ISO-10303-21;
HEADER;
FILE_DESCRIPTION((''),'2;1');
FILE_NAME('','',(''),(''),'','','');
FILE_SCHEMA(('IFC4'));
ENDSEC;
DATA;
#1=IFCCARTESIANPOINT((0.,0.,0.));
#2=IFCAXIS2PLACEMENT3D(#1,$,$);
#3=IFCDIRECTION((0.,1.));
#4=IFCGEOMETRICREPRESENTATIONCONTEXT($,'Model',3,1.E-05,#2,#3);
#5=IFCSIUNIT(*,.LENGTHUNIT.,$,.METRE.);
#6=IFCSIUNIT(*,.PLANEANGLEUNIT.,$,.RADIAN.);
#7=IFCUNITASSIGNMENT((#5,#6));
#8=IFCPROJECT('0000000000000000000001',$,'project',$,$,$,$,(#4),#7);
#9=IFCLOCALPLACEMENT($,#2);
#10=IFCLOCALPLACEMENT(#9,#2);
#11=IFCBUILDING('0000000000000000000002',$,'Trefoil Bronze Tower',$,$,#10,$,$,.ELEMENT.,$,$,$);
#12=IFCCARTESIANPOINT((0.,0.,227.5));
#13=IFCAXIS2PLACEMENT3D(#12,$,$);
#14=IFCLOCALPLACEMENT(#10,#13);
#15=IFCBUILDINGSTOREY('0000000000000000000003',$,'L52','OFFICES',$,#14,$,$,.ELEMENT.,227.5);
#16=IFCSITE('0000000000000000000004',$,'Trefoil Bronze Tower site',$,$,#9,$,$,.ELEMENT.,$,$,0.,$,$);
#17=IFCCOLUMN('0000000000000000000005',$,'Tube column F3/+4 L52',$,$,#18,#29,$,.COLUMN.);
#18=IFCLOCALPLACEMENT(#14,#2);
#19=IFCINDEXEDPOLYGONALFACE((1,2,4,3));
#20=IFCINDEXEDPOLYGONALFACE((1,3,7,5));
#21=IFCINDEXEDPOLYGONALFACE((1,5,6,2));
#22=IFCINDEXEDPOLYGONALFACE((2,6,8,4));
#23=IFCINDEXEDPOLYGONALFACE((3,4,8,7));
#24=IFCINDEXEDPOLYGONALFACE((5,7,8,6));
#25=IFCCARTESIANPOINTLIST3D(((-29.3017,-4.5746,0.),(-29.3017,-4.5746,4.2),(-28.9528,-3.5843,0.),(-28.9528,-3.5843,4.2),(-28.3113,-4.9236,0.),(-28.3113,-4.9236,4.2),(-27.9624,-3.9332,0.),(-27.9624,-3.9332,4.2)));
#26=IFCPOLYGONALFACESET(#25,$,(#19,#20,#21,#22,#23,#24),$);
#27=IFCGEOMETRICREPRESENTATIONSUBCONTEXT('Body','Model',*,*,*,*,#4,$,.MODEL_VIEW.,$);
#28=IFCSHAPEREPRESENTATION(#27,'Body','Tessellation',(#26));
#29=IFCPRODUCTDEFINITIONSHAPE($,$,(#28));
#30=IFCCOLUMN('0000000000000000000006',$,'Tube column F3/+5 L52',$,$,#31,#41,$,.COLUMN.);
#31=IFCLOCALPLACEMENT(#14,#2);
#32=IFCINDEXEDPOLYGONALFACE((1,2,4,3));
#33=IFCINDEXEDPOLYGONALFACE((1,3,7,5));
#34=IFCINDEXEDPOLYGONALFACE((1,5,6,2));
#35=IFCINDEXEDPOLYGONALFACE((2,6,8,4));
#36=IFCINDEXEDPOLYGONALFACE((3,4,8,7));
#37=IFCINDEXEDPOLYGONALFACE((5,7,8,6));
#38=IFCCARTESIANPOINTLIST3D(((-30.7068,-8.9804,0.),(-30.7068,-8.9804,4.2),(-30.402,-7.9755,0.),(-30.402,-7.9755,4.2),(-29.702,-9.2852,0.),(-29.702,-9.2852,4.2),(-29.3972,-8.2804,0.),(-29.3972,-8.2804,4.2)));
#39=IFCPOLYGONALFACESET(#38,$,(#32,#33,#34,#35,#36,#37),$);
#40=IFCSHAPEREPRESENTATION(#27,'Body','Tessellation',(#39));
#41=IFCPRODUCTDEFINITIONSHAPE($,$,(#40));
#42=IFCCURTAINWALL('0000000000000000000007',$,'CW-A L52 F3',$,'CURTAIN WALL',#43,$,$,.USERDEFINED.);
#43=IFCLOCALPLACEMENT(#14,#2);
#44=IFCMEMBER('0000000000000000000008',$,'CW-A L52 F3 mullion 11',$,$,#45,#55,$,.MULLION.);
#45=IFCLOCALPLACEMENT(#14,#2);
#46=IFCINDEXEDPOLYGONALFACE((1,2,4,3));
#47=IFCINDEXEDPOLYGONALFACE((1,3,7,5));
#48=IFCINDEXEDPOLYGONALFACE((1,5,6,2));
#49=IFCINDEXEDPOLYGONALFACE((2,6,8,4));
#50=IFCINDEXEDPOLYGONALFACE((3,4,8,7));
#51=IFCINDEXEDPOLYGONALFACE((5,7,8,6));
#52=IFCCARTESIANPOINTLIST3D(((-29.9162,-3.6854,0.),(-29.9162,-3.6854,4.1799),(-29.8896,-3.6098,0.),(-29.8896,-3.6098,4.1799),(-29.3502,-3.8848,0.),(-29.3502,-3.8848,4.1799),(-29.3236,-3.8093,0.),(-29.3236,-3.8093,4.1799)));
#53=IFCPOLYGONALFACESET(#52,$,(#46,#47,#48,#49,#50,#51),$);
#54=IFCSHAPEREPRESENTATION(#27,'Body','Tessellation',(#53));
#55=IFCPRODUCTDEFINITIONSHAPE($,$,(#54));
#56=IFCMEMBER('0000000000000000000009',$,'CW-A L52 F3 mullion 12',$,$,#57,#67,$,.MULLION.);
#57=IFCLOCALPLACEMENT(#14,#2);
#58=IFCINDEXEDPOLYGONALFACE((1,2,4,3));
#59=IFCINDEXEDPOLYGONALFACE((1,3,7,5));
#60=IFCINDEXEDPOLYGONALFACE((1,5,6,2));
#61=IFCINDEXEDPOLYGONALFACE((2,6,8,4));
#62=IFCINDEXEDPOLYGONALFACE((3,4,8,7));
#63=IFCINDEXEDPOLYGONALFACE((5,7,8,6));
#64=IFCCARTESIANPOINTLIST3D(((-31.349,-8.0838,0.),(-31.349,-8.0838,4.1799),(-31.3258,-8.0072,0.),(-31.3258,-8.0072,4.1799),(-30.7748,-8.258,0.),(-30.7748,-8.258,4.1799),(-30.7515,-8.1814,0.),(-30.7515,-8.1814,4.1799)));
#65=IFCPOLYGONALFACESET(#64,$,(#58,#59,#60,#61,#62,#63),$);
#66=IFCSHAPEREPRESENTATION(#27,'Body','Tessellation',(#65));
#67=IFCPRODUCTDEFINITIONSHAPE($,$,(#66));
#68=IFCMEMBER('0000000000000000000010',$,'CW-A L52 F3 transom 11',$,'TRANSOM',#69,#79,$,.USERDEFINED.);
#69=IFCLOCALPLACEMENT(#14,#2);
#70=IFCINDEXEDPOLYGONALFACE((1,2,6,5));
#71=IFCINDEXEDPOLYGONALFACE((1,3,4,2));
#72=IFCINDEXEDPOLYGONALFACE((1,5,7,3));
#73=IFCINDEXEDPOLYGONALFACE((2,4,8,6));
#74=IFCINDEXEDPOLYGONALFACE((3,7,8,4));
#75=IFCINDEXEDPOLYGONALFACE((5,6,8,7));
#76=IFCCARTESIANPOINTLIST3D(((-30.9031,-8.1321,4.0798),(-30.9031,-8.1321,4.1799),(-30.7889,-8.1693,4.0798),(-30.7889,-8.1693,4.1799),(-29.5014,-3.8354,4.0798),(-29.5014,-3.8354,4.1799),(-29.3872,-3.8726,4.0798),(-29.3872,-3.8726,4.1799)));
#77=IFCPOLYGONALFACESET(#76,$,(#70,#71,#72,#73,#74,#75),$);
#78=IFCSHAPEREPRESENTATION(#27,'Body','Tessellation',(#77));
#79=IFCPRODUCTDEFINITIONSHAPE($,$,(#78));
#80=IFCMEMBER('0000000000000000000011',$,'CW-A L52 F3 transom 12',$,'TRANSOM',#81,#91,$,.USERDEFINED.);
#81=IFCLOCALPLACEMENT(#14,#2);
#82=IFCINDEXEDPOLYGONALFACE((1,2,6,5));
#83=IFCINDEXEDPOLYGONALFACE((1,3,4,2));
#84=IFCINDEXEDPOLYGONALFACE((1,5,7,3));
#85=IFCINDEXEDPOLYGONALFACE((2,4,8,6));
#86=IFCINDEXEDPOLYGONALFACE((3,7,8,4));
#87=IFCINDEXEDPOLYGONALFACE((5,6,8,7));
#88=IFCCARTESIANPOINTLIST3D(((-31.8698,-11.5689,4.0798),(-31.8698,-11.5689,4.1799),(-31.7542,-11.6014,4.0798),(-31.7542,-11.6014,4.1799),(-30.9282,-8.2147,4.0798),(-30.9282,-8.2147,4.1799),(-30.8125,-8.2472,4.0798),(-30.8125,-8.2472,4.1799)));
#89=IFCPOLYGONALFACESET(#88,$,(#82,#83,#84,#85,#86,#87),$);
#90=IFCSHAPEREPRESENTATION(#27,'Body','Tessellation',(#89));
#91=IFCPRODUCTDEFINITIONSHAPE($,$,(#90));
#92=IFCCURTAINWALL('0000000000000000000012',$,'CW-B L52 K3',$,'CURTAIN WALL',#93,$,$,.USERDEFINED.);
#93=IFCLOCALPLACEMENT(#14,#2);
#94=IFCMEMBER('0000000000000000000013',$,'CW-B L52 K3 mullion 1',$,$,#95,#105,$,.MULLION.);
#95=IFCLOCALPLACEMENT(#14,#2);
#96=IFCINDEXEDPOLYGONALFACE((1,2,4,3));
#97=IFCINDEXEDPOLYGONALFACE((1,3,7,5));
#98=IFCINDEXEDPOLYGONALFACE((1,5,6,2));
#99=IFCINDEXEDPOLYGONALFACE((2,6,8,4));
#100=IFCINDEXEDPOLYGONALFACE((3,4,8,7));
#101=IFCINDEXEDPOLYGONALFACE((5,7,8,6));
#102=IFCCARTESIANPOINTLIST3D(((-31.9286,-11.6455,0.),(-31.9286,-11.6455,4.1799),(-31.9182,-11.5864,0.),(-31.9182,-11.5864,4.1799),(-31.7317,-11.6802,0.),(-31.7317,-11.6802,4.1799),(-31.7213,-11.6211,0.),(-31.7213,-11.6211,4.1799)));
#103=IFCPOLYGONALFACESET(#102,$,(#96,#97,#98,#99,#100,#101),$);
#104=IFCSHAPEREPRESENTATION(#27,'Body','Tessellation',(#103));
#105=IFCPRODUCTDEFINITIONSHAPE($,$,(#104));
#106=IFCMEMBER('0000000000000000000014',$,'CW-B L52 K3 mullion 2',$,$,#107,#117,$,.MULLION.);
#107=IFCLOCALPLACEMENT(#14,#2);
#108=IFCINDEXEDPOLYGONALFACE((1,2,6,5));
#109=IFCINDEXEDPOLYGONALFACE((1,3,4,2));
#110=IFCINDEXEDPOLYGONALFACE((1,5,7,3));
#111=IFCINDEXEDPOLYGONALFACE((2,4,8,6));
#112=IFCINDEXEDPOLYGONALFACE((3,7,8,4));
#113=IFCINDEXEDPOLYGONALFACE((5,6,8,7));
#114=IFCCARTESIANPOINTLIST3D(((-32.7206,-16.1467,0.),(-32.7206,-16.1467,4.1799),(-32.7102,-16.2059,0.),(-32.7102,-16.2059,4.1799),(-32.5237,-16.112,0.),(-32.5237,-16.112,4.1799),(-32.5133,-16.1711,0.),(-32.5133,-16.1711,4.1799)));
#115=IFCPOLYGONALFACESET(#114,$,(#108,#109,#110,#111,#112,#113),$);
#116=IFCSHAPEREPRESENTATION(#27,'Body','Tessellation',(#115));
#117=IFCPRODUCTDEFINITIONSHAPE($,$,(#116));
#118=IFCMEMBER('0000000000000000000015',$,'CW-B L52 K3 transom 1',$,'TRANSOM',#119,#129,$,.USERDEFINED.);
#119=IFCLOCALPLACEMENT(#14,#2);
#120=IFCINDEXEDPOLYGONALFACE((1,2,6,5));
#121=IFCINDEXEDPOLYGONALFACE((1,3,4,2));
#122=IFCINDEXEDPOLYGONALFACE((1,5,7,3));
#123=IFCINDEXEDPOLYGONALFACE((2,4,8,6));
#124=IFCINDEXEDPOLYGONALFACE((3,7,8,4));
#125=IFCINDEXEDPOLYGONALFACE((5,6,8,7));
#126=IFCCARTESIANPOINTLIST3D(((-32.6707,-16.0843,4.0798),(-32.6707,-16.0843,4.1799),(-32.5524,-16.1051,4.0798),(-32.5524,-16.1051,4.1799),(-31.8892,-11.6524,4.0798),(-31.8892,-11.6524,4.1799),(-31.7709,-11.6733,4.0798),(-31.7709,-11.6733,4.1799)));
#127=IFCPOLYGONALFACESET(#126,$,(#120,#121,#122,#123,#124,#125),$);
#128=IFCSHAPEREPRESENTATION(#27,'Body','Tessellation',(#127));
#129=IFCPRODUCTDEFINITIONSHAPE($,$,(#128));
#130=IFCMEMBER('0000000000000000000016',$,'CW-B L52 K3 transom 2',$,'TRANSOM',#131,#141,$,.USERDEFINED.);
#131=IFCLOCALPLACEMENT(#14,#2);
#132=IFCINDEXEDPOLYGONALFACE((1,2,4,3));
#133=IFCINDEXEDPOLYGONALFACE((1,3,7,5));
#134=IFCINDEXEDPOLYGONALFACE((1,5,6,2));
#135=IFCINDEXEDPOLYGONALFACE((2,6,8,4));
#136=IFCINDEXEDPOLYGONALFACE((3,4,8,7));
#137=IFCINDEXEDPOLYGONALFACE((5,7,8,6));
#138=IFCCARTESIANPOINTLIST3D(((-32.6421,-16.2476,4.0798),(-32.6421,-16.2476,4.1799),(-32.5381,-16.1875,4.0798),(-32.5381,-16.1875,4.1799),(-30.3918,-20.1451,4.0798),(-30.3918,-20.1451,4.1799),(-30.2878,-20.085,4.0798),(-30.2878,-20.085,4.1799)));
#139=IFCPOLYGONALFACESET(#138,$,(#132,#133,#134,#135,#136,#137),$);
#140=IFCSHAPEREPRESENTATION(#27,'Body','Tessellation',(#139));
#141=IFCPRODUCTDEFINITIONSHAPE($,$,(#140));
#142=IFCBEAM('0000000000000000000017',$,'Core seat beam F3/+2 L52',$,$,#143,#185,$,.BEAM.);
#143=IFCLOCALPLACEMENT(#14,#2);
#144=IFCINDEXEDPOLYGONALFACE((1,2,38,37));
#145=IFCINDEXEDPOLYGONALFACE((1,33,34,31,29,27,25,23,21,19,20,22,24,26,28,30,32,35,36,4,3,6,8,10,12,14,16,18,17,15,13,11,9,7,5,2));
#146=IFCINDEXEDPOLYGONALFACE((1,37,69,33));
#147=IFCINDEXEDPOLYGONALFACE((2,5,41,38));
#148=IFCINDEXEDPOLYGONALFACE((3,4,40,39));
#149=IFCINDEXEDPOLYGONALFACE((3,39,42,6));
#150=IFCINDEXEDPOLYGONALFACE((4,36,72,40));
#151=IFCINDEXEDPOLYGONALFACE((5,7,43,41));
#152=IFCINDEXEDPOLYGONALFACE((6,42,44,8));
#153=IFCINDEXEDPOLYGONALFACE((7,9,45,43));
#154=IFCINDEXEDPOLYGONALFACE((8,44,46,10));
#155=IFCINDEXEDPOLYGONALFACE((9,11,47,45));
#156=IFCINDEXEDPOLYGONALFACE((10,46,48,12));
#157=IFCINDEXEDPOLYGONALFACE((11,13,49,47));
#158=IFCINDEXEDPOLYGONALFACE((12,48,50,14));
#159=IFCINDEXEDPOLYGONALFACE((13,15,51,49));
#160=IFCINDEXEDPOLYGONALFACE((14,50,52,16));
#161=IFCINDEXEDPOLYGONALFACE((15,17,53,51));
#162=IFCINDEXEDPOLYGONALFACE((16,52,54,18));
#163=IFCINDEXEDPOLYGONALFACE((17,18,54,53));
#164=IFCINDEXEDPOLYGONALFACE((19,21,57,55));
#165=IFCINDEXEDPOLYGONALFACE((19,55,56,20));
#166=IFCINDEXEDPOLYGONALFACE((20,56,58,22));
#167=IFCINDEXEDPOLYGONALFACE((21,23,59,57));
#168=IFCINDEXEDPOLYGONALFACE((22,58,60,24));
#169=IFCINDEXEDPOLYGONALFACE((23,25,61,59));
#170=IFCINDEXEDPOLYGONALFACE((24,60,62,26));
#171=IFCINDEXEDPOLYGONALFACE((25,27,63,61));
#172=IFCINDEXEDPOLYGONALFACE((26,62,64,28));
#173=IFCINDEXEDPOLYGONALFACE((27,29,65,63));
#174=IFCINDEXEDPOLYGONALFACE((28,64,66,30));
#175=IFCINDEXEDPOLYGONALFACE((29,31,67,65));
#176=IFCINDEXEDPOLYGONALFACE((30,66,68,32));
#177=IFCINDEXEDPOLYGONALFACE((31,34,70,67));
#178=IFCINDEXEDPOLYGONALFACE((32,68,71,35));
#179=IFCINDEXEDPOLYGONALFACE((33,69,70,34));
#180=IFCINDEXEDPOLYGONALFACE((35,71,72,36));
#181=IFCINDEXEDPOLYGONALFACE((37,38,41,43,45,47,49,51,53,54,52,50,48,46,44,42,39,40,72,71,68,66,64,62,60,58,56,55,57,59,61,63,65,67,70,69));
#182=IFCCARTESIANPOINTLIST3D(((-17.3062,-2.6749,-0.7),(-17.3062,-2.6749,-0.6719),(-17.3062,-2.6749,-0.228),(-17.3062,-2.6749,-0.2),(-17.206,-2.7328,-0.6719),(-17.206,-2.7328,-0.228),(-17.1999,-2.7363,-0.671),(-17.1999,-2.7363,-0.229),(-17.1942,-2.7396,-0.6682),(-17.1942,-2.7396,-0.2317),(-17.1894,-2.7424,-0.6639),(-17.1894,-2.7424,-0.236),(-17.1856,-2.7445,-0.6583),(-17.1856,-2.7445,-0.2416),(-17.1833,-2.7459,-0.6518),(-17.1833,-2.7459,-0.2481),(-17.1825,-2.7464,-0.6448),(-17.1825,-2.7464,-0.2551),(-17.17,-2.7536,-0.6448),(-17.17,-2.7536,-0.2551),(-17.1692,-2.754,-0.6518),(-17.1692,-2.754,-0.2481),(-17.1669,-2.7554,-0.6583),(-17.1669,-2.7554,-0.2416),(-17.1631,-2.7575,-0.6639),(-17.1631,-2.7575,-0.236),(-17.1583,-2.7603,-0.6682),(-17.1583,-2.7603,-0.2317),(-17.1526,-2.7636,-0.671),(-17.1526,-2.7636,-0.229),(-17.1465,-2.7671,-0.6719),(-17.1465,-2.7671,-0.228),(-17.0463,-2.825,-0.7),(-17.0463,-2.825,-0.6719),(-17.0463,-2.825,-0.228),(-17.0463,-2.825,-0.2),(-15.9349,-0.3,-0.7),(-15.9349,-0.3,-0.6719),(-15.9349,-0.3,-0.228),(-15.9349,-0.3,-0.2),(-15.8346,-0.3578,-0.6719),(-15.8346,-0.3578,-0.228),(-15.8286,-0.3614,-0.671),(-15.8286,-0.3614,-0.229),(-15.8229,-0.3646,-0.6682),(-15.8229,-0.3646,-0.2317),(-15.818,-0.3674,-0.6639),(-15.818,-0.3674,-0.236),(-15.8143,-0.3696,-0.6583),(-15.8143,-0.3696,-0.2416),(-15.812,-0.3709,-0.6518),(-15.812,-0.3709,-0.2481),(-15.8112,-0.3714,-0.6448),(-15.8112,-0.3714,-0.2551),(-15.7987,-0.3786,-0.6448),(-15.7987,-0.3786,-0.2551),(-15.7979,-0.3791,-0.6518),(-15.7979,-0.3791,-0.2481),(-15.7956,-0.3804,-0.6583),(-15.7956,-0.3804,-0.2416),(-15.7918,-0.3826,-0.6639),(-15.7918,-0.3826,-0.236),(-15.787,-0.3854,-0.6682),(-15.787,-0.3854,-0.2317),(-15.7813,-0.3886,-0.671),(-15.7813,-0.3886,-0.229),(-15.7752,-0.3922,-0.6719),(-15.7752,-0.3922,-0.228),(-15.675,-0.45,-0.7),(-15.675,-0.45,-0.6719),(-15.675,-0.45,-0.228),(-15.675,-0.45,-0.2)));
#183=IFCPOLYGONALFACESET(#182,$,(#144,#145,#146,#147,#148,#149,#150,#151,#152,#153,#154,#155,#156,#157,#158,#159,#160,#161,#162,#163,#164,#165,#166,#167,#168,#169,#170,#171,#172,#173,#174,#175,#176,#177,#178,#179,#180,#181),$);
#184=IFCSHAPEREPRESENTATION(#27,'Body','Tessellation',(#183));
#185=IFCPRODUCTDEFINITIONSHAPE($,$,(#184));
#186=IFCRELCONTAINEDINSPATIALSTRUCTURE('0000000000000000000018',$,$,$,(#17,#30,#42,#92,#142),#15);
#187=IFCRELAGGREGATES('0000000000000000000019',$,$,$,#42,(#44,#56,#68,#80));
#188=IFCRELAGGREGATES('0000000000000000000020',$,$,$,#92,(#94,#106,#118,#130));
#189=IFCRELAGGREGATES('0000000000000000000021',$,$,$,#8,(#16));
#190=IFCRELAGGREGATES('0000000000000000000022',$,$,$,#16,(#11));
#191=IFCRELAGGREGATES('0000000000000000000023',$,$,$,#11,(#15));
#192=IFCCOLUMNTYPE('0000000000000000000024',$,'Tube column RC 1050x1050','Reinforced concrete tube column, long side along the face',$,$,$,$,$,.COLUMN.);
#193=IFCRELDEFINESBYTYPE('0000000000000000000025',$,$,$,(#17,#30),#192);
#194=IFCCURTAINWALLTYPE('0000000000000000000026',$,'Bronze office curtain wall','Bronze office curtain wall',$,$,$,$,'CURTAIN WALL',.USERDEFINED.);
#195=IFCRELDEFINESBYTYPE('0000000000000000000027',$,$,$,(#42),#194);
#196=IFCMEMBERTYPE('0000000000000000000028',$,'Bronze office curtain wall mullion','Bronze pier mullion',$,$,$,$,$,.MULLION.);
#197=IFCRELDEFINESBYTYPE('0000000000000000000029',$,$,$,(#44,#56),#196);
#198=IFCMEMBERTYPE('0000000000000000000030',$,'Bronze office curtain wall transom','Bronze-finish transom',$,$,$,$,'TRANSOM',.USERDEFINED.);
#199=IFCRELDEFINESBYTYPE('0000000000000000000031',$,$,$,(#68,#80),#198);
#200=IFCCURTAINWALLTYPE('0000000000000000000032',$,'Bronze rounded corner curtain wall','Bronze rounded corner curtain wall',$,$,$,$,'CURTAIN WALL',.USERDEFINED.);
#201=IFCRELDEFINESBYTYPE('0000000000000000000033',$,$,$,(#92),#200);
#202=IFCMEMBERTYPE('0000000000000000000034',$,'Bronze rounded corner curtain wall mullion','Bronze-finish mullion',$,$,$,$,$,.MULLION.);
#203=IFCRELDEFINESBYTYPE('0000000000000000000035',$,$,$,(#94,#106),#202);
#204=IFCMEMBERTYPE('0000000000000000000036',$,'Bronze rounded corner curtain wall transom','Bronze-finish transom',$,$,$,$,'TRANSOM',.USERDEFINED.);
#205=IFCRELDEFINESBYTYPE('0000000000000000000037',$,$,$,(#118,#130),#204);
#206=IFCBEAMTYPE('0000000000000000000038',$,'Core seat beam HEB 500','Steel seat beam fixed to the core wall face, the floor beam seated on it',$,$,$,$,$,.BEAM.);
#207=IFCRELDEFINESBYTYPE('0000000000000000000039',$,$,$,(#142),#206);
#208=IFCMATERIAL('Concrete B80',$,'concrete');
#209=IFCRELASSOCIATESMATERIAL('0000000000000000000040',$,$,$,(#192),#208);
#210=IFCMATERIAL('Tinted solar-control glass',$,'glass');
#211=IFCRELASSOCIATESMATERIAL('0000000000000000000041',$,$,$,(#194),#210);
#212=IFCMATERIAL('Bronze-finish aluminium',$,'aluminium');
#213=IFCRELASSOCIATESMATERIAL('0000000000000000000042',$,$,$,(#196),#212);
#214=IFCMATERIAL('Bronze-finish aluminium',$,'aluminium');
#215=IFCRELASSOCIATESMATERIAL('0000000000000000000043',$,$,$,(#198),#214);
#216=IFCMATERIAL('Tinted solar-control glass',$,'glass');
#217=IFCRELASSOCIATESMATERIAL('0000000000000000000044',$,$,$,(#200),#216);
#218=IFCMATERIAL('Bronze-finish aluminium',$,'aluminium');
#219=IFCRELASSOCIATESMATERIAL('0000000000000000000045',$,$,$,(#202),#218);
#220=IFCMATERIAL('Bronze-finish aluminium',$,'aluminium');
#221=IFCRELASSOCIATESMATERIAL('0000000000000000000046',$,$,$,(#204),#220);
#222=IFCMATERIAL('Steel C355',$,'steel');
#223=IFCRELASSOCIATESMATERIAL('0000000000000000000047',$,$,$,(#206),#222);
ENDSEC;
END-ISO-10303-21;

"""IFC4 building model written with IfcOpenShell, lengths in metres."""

from ifc_helpers import new_model, si_unit, direction, frame, origin, origin_2d, place, context, subcontext, project, spatial, rectangle, i_section, extrude, material, material_profile, profile_set, type_object, element, aggregate, save


model = new_model("IFC4")

# Units and contexts
model_context = context("Model", 3, precision=1e-05, world=origin(), true_north=direction((0.0, 1.0)))
body_context = subcontext(model_context, "Body", "Model", "MODEL_VIEW")
ifc_project = project(units=[si_unit("LENGTHUNIT", "METRE"), si_unit("PLANEANGLEUNIT", "RADIAN")], contexts=[model_context])

# Site, building, storey
site_placement = place(None, origin())
site = spatial("IfcSite", under=ifc_project, at=site_placement, Name="Trefoil Bronze Tower site", CompositionType="ELEMENT", RefElevation=0.0)
building_placement = place(site_placement, origin())
building = spatial("IfcBuilding", under=site, at=building_placement, Name="Trefoil Bronze Tower", CompositionType="ELEMENT")
storey_placement = place(building_placement, frame((0.0, 0.0, 227.5)))
storey = spatial("IfcBuildingStorey", under=building, at=storey_placement, Name="L52", Description="OFFICES", CompositionType="ELEMENT", Elevation=227.5)

# Columns
ifc_material_1 = material(Name="Concrete B80", Category="concrete")
ifc_material_profile_1 = material_profile(ifc_material_1, rectangle(XDim=1.05, YDim=1.05, at=origin_2d()), Name="RC 1050x1050")
ifc_profile_set_1 = profile_set([ifc_material_profile_1], Name="Concrete B80")
column_type = type_object("IfcColumnType", Name="Tube column RC 1050x1050", Description="Reinforced concrete tube column, long side along the face", PredefinedType="COLUMN", material=ifc_profile_set_1)
for number, where, z_axis, x_axis, name in (
    (1, (-28.6321, -4.2539, 0.0), (0.0, 0.0, 1.0), (-0.332282, -0.94318, 0.0), "Tube column F3/+4 L52"),
    (2, (-30.052, -8.6304, 0.0), (0.0, 0.0, 1.0), (-0.290278, -0.956942, 0.0), "Tube column F3/+5 L52"),
):
    element("IfcColumn", number, at=place(storey_placement, frame(where, z_axis=z_axis, x_axis=x_axis)), inside=storey, type_object=column_type, Name=name, PredefinedType="COLUMN", context=body_context, shape_type="SweptSolid", body=[
        extrude(rectangle(XDim=1.05, YDim=1.05, at=origin_2d()), origin(), (0.0, 0.0, 1.0), 4.2),
    ])

# Curtain walls, members
ifc_material_2 = material(Name="Tinted solar-control glass", Category="glass")
curtain_wall_type_1 = type_object("IfcCurtainWallType", Name="Bronze office curtain wall", Description="Bronze office curtain wall", ElementType="CURTAIN WALL", PredefinedType="USERDEFINED", material=ifc_material_2)
curtain_wall_1_placement = place(storey_placement, origin())
curtain_wall_1 = element("IfcCurtainWall", 3, at=curtain_wall_1_placement, inside=storey, type_object=curtain_wall_type_1, Name="CW-A L52 F3", ObjectType="CURTAIN WALL", PredefinedType="USERDEFINED")
ifc_material_3 = material(Name="Bronze-finish aluminium", Category="aluminium")
ifc_material_profile_2 = material_profile(ifc_material_3, rectangle(XDim=0.6001, YDim=0.0801, at=origin_2d()), Name="CW-A mullion")
ifc_profile_set_2 = profile_set([ifc_material_profile_2], Name="Bronze-finish aluminium")
member_type_1 = type_object("IfcMemberType", Name="Bronze office curtain wall mullion", Description="Bronze pier mullion", PredefinedType="MULLION", material=ifc_profile_set_2)
member_1_placement = place(storey_placement, frame((-29.6199, -3.7473, 0.0), z_axis=(0.0, 0.0, 1.0), x_axis=(0.94318, -0.332282, 0.0)))
member_1 = element("IfcMember", 4, at=member_1_placement, type_object=member_type_1, Name="CW-A L52 F3 mullion 11", PredefinedType="MULLION", context=body_context, shape_type="SweptSolid", body=[
    extrude(rectangle(XDim=0.6001, YDim=0.0801, at=origin_2d()), origin(), (0.0, 0.0, 1.0), 4.1799),
])
member_2_placement = place(storey_placement, frame((-31.0503, -8.1326, 0.0), z_axis=(0.0, 0.0, 1.0), x_axis=(0.956942, -0.290278, 0.0)))
member_2 = element("IfcMember", 5, at=member_2_placement, type_object=member_type_1, Name="CW-A L52 F3 mullion 12", PredefinedType="MULLION", context=body_context, shape_type="SweptSolid", body=[
    extrude(rectangle(XDim=0.6001, YDim=0.0801, at=origin_2d()), origin(), (0.0, 0.0, 1.0), 4.1799),
])
ifc_material_4 = material(Name="Bronze-finish aluminium", Category="aluminium")
ifc_material_profile_3 = material_profile(ifc_material_4, rectangle(XDim=0.1201, YDim=0.1001, at=origin_2d()), Name="CW-A transom")
ifc_profile_set_3 = profile_set([ifc_material_profile_3], Name="Bronze-finish aluminium")
member_type_2 = type_object("IfcMemberType", Name="Bronze office curtain wall transom", Description="Bronze-finish transom", ElementType="TRANSOM", PredefinedType="USERDEFINED", material=ifc_profile_set_3)
member_3_placement = place(storey_placement, frame((-29.4443, -3.854, 4.1299), z_axis=(-0.310128, -0.950695, 0.0), x_axis=(0.950695, -0.310128, 0.0)))
member_3 = element("IfcMember", 6, at=member_3_placement, type_object=member_type_2, Name="CW-A L52 F3 transom 11", ObjectType="TRANSOM", PredefinedType="USERDEFINED", context=body_context, shape_type="SweptSolid", body=[
    extrude(rectangle(XDim=0.1201, YDim=0.1001, at=origin_2d()), origin(), (0.0, 0.0, 1.0), 4.5195),
])
member_4_placement = place(storey_placement, frame((-30.8704, -8.231, 4.1299), z_axis=(-0.270285, -0.96278, 0.0), x_axis=(0.96278, -0.270285, 0.0)))
member_4 = element("IfcMember", 7, at=member_4_placement, type_object=member_type_2, Name="CW-A L52 F3 transom 12", ObjectType="TRANSOM", PredefinedType="USERDEFINED", context=body_context, shape_type="SweptSolid", body=[
    extrude(rectangle(XDim=0.1201, YDim=0.1001, at=origin_2d()), origin(), (0.0, 0.0, 1.0), 3.4839),
])
ifc_material_5 = material(Name="Tinted solar-control glass", Category="glass")
curtain_wall_type_2 = type_object("IfcCurtainWallType", Name="Bronze rounded corner curtain wall", Description="Bronze rounded corner curtain wall", ElementType="CURTAIN WALL", PredefinedType="USERDEFINED", material=ifc_material_5)
curtain_wall_2_placement = place(storey_placement, origin())
curtain_wall_2 = element("IfcCurtainWall", 8, at=curtain_wall_2_placement, inside=storey, type_object=curtain_wall_type_2, Name="CW-B L52 K3", ObjectType="CURTAIN WALL", PredefinedType="USERDEFINED")
ifc_material_6 = material(Name="Bronze-finish aluminium", Category="aluminium")
ifc_material_profile_4 = material_profile(ifc_material_6, rectangle(XDim=0.2, YDim=0.0601, at=origin_2d()), Name="CW-B mullion")
ifc_profile_set_4 = profile_set([ifc_material_profile_4], Name="Bronze-finish aluminium")
member_type_3 = type_object("IfcMemberType", Name="Bronze rounded corner curtain wall mullion", Description="Bronze-finish mullion", PredefinedType="MULLION", material=ifc_profile_set_4)
member_5_placement = place(storey_placement, frame((-31.825, -11.6333, 0.0), z_axis=(0.0, 0.0, 1.0), x_axis=(0.984808, -0.173648, 0.0)))
member_5 = element("IfcMember", 9, at=member_5_placement, type_object=member_type_3, Name="CW-B L52 K3 mullion 1", PredefinedType="MULLION", context=body_context, shape_type="SweptSolid", body=[
    extrude(rectangle(XDim=0.2, YDim=0.0601, at=origin_2d()), origin(), (0.0, 0.0, 1.0), 4.1799),
])
member_6_placement = place(storey_placement, frame((-32.6169, -16.1589, 0.0), z_axis=(0.0, 0.0, 1.0), x_axis=(0.984808, 0.173648, 0.0)))
member_6 = element("IfcMember", 10, at=member_6_placement, type_object=member_type_3, Name="CW-B L52 K3 mullion 2", PredefinedType="MULLION", context=body_context, shape_type="SweptSolid", body=[
    extrude(rectangle(XDim=0.2, YDim=0.0601, at=origin_2d()), origin(), (0.0, 0.0, 1.0), 4.1799),
])
ifc_material_7 = material(Name="Bronze-finish aluminium", Category="aluminium")
ifc_material_profile_5 = material_profile(ifc_material_7, rectangle(XDim=0.1201, YDim=0.1001, at=origin_2d()), Name="CW-B transom")
ifc_profile_set_5 = profile_set([ifc_material_profile_5], Name="Bronze-finish aluminium")
member_type_4 = type_object("IfcMemberType", Name="Bronze rounded corner curtain wall transom", Description="Bronze-finish transom", ElementType="TRANSOM", PredefinedType="USERDEFINED", material=ifc_profile_set_5)
member_7_placement = place(storey_placement, frame((-31.8301, -11.6628, 4.1299), z_axis=(-0.173655, -0.984806, 0.0), x_axis=(0.984806, -0.173655, 0.0)))
member_7 = element("IfcMember", 11, at=member_7_placement, type_object=member_type_4, Name="CW-B L52 K3 transom 1", ObjectType="TRANSOM", PredefinedType="USERDEFINED", context=body_context, shape_type="SweptSolid", body=[
    extrude(rectangle(XDim=0.1201, YDim=0.1001, at=origin_2d()), origin(), (0.0, 0.0, 1.0), 4.5002),
])
member_8_placement = place(storey_placement, frame((-32.5901, -16.2175, 4.1299), z_axis=(0.500007, -0.866021, 0.0), x_axis=(0.866021, 0.500007, 0.0)))
member_8 = element("IfcMember", 12, at=member_8_placement, type_object=member_type_4, Name="CW-B L52 K3 transom 2", ObjectType="TRANSOM", PredefinedType="USERDEFINED", context=body_context, shape_type="SweptSolid", body=[
    extrude(rectangle(XDim=0.1201, YDim=0.1001, at=origin_2d()), origin(), (0.0, 0.0, 1.0), 4.5005),
])

# Beam
ifc_material_8 = material(Name="Steel C355", Category="steel")
ifc_material_profile_6 = material_profile(ifc_material_8, i_section(OverallWidth=0.3, OverallDepth=0.5, WebThickness=0.0144, FlangeThickness=0.0281, FilletRadius=0.0271, at=origin_2d()), Name="HEB 500")
ifc_profile_set_6 = profile_set([ifc_material_profile_6], Name="Steel C355")
beam_type_1 = type_object("IfcBeamType", Name="Core seat beam HEB 500", Description="Steel seat beam fixed to the core wall face, the floor beam seated on it", PredefinedType="BEAM", material=ifc_profile_set_6)
beam_1_placement = place(storey_placement, frame((-15.8049, -0.375, -0.45), z_axis=(-0.500036, -0.866005, 0.0), x_axis=(0.866005, -0.500036, 0.0)))
element("IfcBeam", 13, at=beam_1_placement, inside=storey, type_object=beam_type_1, Name="Core seat beam F3/+2 L52", PredefinedType="BEAM", context=body_context, shape_type="SweptSolid", body=[
    extrude(i_section(OverallWidth=0.3, OverallDepth=0.5, WebThickness=0.0144, FlangeThickness=0.0281, FilletRadius=0.0271, at=origin_2d()), origin(), (0.0, 0.0, 1.0), 2.7424),
])

aggregate(curtain_wall_1, [member_1, member_2, member_3, member_4])
aggregate(curtain_wall_2, [member_5, member_6, member_7, member_8])

save(model, "model.ifc")
